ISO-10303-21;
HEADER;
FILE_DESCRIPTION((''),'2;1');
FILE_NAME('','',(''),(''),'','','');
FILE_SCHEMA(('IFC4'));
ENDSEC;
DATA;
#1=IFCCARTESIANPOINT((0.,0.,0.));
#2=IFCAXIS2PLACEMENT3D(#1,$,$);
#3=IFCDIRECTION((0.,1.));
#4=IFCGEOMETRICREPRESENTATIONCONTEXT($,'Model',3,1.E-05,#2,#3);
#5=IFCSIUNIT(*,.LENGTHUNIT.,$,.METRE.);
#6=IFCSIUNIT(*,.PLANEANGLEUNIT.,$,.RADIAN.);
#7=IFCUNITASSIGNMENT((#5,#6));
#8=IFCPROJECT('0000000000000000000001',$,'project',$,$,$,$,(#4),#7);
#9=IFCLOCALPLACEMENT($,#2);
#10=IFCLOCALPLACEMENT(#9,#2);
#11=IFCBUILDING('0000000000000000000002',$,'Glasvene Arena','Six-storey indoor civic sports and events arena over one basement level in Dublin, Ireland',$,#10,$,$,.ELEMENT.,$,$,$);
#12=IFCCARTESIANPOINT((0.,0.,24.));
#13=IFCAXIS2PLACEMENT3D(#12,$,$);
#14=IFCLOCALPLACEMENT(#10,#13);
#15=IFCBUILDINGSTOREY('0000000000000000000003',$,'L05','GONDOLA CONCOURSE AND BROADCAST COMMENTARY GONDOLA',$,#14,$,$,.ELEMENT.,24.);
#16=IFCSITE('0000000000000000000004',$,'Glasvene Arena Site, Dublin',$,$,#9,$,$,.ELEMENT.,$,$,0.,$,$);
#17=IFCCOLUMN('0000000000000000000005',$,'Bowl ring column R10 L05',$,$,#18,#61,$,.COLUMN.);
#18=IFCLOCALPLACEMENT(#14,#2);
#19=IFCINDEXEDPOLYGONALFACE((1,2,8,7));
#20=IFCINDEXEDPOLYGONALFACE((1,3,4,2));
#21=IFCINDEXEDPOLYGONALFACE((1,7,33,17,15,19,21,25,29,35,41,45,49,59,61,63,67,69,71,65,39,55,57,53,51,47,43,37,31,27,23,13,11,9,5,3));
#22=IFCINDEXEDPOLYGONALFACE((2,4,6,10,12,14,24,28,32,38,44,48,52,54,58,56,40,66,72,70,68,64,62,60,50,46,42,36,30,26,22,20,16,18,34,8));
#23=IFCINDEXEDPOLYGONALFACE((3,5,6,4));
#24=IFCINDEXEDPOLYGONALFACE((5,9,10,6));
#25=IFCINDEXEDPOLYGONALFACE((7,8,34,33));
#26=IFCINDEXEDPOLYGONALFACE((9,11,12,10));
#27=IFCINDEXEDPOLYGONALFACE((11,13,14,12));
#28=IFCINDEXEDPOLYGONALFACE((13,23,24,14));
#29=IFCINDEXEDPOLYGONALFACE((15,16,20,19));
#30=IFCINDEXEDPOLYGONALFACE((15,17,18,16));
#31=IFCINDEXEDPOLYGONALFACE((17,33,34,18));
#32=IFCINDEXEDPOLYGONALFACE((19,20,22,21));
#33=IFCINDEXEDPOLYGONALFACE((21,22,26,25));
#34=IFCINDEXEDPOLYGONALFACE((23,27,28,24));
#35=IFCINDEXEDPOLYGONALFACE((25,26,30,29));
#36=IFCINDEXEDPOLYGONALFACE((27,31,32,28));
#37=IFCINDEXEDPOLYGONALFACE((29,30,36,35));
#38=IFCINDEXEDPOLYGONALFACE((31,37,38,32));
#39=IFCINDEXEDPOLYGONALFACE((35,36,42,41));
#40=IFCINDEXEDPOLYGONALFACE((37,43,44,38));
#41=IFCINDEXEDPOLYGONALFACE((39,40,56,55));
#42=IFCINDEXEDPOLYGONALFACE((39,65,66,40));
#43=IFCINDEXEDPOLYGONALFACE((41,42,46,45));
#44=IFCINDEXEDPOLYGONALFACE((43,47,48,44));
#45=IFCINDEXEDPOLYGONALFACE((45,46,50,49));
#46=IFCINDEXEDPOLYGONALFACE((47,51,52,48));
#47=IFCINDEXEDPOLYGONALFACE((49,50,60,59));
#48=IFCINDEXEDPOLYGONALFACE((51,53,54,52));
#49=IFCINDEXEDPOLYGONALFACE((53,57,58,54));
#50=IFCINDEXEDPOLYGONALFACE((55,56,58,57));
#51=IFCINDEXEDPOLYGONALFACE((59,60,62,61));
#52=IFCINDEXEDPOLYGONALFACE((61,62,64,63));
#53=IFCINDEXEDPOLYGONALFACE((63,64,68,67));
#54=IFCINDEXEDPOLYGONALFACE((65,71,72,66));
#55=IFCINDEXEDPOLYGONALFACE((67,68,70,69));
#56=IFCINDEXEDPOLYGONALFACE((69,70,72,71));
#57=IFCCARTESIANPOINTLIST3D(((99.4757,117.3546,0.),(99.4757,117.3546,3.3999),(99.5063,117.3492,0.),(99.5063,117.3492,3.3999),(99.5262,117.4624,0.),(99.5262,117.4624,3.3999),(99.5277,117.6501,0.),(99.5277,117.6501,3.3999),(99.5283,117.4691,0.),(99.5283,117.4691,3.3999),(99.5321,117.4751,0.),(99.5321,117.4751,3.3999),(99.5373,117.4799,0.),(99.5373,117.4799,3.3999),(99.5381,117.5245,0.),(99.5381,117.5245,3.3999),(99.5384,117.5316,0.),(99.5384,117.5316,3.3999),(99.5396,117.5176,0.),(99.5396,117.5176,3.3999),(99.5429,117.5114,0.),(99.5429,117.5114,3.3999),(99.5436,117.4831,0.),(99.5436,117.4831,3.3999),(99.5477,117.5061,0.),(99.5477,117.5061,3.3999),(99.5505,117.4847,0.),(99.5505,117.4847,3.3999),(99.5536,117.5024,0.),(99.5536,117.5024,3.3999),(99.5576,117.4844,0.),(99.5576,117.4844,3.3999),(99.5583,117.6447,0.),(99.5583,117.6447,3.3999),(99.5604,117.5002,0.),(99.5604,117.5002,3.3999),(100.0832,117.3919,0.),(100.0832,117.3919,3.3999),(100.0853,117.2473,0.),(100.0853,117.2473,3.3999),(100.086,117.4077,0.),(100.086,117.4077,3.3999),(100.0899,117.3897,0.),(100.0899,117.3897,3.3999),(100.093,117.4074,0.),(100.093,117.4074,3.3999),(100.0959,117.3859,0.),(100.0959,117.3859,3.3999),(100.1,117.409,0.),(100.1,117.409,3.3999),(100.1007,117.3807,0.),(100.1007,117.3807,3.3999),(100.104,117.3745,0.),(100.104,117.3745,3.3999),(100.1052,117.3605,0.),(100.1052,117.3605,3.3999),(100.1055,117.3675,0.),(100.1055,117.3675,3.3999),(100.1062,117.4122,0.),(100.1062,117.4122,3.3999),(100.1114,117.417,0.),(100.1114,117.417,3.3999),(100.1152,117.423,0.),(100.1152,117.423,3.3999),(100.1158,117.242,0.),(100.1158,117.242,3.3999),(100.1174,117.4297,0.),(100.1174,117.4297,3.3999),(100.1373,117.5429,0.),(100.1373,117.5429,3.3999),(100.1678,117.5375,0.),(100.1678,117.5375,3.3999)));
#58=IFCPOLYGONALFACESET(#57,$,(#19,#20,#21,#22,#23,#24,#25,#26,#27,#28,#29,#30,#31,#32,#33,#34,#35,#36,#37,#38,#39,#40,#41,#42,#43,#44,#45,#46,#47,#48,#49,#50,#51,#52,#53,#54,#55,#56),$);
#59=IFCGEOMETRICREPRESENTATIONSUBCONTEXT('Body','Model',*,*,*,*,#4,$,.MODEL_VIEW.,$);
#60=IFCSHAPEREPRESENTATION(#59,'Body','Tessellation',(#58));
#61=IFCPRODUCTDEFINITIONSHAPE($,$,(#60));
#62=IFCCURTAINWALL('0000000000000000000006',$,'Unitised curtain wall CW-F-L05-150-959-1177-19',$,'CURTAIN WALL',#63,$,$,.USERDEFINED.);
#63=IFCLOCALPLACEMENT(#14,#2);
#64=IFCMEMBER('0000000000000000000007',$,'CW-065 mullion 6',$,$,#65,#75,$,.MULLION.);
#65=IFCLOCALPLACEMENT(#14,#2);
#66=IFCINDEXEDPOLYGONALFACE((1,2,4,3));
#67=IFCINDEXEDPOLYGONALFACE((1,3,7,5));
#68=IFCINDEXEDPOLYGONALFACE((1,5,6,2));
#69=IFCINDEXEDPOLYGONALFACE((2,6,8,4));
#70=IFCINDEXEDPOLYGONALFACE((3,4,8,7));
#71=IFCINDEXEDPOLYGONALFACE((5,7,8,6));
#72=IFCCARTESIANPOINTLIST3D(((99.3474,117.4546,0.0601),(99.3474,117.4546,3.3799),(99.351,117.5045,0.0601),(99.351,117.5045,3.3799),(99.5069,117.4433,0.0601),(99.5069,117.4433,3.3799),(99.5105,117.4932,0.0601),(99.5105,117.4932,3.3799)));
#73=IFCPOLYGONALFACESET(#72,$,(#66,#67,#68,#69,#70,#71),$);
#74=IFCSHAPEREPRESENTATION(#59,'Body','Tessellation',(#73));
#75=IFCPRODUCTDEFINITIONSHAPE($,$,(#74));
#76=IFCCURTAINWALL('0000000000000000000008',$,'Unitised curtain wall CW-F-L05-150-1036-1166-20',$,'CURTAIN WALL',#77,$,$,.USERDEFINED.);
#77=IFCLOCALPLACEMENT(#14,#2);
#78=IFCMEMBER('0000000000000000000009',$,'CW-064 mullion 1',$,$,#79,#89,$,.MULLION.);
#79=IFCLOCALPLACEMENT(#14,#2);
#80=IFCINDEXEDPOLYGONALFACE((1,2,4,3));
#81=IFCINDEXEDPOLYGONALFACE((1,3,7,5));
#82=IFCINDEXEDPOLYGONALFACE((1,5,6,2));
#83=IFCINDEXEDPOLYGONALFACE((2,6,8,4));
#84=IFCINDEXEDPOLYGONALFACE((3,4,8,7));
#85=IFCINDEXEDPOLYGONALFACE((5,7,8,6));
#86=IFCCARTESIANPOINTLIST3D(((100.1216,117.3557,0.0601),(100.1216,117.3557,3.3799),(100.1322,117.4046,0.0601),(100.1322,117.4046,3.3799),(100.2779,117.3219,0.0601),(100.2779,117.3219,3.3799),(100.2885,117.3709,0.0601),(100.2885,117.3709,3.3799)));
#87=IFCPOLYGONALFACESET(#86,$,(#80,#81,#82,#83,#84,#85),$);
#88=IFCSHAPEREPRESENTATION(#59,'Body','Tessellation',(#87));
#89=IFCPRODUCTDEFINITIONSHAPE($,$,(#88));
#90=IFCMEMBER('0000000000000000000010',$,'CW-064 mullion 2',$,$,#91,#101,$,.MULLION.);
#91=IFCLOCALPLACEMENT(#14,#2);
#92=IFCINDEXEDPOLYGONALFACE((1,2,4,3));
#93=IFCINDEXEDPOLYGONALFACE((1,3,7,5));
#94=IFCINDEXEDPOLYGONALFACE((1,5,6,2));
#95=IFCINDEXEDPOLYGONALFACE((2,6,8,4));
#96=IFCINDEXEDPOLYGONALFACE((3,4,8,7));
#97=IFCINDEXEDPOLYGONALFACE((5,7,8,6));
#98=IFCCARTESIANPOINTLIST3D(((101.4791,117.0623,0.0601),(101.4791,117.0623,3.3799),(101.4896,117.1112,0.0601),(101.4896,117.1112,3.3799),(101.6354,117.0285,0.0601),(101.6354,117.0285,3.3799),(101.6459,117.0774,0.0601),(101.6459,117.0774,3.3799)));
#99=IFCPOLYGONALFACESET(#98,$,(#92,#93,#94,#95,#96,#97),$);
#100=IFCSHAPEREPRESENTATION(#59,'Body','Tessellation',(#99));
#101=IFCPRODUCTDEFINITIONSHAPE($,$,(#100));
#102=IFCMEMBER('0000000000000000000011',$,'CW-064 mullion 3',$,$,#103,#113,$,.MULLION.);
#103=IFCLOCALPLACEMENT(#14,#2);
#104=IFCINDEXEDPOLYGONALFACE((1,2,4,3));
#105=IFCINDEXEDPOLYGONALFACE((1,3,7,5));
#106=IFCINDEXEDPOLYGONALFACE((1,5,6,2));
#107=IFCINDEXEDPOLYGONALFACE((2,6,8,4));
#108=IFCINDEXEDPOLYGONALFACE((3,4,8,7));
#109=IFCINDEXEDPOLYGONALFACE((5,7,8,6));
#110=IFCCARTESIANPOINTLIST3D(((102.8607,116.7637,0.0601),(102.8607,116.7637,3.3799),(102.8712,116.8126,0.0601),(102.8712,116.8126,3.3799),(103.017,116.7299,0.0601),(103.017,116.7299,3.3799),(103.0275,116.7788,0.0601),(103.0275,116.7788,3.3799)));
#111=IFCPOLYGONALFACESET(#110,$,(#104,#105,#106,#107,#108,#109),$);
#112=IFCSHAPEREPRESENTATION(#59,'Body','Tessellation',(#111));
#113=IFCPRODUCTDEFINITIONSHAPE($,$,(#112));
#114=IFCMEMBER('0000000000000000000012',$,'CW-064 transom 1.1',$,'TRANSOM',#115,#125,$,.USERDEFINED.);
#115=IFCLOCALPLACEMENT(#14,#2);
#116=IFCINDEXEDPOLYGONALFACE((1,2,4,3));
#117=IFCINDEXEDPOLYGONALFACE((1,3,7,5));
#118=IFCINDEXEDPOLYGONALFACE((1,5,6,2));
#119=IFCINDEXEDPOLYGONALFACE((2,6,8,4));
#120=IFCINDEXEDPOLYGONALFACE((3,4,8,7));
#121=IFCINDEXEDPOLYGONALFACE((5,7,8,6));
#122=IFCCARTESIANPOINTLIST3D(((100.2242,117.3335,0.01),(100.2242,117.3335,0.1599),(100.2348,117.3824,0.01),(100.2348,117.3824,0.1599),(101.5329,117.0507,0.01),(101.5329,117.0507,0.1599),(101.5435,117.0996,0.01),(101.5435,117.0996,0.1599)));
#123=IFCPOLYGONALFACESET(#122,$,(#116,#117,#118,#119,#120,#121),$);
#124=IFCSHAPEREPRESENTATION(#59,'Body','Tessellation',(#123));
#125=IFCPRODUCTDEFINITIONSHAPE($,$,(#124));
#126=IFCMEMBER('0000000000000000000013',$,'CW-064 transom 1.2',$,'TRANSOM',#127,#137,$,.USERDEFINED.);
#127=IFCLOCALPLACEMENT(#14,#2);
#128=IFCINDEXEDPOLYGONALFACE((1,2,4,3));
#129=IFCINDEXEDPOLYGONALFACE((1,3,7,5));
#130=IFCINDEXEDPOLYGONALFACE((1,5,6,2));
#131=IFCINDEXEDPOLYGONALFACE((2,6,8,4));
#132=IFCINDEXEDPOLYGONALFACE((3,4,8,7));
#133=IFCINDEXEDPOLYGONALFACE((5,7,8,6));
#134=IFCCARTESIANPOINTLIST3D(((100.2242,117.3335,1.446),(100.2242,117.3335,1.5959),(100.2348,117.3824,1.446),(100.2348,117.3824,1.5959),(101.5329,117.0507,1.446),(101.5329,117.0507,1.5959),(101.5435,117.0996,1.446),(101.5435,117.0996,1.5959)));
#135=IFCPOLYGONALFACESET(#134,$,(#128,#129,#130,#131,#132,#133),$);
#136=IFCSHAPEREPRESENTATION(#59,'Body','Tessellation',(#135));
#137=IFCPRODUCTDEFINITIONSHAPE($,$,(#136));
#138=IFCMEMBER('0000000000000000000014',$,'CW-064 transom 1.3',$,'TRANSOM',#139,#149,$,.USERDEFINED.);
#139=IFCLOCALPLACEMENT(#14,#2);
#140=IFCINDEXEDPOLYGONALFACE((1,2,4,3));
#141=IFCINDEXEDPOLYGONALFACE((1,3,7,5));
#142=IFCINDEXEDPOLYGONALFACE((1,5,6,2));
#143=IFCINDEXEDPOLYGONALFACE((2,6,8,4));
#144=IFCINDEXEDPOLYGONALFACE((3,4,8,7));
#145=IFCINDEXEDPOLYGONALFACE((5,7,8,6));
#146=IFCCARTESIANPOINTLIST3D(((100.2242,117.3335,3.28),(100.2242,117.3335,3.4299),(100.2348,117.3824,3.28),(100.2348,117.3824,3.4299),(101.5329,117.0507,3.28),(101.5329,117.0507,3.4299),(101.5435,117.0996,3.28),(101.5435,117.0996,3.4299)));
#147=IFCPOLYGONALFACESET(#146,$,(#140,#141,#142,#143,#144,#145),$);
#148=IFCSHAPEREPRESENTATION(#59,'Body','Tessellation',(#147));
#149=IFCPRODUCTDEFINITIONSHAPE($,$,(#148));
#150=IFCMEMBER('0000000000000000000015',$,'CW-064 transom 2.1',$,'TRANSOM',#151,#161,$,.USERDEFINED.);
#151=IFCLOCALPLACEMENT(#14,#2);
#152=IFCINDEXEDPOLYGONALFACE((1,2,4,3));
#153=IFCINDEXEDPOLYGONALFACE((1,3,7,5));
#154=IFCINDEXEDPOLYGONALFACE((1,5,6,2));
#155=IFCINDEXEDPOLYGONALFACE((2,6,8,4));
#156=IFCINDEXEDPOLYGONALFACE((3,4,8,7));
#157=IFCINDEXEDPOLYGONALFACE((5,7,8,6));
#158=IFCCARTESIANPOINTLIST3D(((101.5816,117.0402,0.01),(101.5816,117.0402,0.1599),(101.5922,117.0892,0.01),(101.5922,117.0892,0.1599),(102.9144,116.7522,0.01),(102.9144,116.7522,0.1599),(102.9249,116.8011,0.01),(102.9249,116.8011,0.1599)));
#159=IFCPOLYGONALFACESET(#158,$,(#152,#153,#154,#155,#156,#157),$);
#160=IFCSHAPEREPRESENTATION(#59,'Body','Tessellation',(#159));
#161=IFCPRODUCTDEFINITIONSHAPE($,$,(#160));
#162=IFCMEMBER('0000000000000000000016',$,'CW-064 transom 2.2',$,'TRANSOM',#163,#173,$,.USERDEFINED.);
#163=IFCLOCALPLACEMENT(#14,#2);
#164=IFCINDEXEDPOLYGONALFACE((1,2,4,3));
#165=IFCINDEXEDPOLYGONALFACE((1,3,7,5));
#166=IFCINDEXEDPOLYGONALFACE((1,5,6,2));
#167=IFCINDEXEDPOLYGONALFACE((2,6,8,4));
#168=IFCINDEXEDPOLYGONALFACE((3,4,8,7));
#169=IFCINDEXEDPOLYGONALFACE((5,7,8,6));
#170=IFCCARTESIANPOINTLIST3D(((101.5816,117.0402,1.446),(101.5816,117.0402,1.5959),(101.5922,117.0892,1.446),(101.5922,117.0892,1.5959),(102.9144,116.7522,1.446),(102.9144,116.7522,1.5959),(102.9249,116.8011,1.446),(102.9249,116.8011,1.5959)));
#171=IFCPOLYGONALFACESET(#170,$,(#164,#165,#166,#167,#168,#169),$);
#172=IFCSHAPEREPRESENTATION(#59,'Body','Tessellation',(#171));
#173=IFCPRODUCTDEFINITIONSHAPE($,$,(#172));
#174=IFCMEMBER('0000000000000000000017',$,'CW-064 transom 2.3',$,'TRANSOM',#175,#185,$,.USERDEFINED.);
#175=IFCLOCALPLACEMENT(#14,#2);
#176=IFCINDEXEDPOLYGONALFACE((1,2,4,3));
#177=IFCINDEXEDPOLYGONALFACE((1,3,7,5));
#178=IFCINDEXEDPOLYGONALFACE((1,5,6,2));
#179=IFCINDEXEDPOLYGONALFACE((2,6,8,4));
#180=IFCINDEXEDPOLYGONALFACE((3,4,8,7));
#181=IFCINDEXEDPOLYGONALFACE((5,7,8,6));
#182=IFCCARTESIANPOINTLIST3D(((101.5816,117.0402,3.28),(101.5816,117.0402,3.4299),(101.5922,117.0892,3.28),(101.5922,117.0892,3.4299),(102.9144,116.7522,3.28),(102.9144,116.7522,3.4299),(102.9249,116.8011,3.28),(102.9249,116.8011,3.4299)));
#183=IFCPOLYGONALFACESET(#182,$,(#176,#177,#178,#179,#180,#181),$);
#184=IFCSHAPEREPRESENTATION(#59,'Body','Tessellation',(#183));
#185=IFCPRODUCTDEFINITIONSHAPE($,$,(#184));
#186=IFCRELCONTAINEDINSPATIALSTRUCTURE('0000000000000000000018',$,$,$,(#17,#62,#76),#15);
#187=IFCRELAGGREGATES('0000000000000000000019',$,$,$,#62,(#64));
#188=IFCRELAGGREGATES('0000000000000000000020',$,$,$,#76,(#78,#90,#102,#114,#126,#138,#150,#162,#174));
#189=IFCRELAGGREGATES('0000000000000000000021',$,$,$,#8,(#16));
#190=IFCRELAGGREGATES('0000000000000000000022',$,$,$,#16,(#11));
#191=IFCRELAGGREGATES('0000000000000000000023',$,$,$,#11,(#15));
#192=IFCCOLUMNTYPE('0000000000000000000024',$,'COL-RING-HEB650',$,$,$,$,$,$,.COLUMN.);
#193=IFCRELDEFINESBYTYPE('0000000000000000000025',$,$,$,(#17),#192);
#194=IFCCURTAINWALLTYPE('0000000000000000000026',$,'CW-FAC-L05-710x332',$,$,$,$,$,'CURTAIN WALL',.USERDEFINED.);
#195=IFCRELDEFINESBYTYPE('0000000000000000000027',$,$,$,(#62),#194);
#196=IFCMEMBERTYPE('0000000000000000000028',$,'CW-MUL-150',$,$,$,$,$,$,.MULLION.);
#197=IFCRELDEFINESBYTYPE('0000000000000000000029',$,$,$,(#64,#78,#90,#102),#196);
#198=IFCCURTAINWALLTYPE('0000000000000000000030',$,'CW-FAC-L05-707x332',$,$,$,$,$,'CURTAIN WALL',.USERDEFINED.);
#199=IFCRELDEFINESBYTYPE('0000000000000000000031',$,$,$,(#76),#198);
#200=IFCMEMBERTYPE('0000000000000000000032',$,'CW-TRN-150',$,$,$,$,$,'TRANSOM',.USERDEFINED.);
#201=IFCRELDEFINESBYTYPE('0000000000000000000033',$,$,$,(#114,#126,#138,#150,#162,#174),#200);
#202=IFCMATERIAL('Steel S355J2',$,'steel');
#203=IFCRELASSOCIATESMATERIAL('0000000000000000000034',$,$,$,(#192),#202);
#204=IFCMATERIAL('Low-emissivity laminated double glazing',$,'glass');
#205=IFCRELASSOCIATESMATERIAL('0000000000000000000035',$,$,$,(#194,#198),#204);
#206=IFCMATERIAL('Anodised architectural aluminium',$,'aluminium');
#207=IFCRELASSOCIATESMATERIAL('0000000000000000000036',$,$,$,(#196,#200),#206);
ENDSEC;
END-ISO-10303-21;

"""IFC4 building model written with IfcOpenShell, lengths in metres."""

from ifc_helpers import new_model, si_unit, direction, frame, origin, origin_2d, place, context, subcontext, project, spatial, rectangle, i_section, extrude, material, material_profile, profile_set, type_object, element, aggregate, save


model = new_model("IFC4")

# Units and contexts
model_context = context("Model", 3, precision=1e-05, world=origin(), true_north=direction((0.0, 1.0)))
body_context = subcontext(model_context, "Body", "Model", "MODEL_VIEW")
ifc_project = project(units=[si_unit("LENGTHUNIT", "METRE"), si_unit("PLANEANGLEUNIT", "RADIAN")], contexts=[model_context])

# Site, building, storey
site_placement = place(None, origin())
site = spatial("IfcSite", under=ifc_project, at=site_placement, Name="Glasvene Arena Site, Dublin", CompositionType="ELEMENT", RefElevation=0.0)
building_placement = place(site_placement, origin())
building = spatial("IfcBuilding", under=site, at=building_placement, Name="Glasvene Arena", Description="Six-storey indoor civic sports and events arena over one basement level in Dublin, Ireland", CompositionType="ELEMENT")
storey_placement = place(building_placement, frame((0.0, 0.0, 24.0)))
storey = spatial("IfcBuildingStorey", under=building, at=storey_placement, Name="L05", Description="GONDOLA CONCOURSE AND BROADCAST COMMENTARY GONDOLA", CompositionType="ELEMENT", Elevation=24.0)

# Column
ifc_material_1 = material(Name="Steel S355J2", Category="steel")
ifc_material_profile_1 = material_profile(ifc_material_1, i_section(OverallWidth=0.3, OverallDepth=0.6499, WebThickness=0.0161, FlangeThickness=0.031, FilletRadius=0.0271, at=origin_2d()), Name="HEB 650")
ifc_profile_set_1 = profile_set([ifc_material_profile_1], Name="Steel S355J2")
column_type = type_object("IfcColumnType", Name="COL-RING-HEB650", PredefinedType="COLUMN", material=ifc_profile_set_1)
column_placement = place(storey_placement, frame((99.8218, 117.446, 0.0), z_axis=(0.0, 0.0, 1.0), x_axis=(0.173304, 0.984868, 0.0)))
element("IfcColumn", 1, at=column_placement, inside=storey, type_object=column_type, Name="Bowl ring column R10 L05", PredefinedType="COLUMN", context=body_context, shape_type="SweptSolid", body=[
    extrude(i_section(OverallWidth=0.3, OverallDepth=0.6499, WebThickness=0.0161, FlangeThickness=0.031, FilletRadius=0.0271, at=origin_2d()), origin(), (0.0, 0.0, 1.0), 3.3999),
])

# Curtain wall, member
ifc_material_2 = material(Name="Low-emissivity laminated double glazing", Category="glass")
curtain_wall_type_1 = type_object("IfcCurtainWallType", Name="CW-FAC-L05-710x332", ElementType="CURTAIN WALL", PredefinedType="USERDEFINED", material=ifc_material_2)
curtain_wall_1_placement = place(storey_placement, frame((92.3669, 117.9741, 0.0)))
curtain_wall_1 = element("IfcCurtainWall", 2, at=curtain_wall_1_placement, inside=storey, type_object=curtain_wall_type_1, Name="Unitised curtain wall CW-F-L05-150-959-1177-19", ObjectType="CURTAIN WALL", PredefinedType="USERDEFINED")
ifc_material_3 = material(Name="Anodised architectural aluminium", Category="aluminium")
ifc_material_profile_2 = material_profile(ifc_material_3, rectangle(XDim=0.05, YDim=0.1599, at=origin_2d()), Name="ALU MULLION 50x160")
ifc_profile_set_2 = profile_set([ifc_material_profile_2], Name="Anodised architectural aluminium")
member_type_1 = type_object("IfcMemberType", Name="CW-MUL-150", PredefinedType="MULLION", material=ifc_profile_set_2)
member_1_placement = place(storey_placement, frame((99.429, 117.4739, 0.0601), z_axis=(0.0, 0.0, 1.0), x_axis=(0.070657, 0.997501, 0.0)))
member_1 = element("IfcMember", 3, at=member_1_placement, type_object=member_type_1, Name="CW-065 mullion 6", PredefinedType="MULLION", context=body_context, shape_type="SweptSolid", body=[
    extrude(rectangle(XDim=0.05, YDim=0.1599, at=origin_2d()), origin(), (0.0, 0.0, 1.0), 3.3198),
])
aggregate(curtain_wall_1, [member_1])

# Curtain wall, members
curtain_wall_type_2 = type_object("IfcCurtainWallType", Name="CW-FAC-L05-707x332", ElementType="CURTAIN WALL", PredefinedType="USERDEFINED", material=ifc_material_2)
curtain_wall_2_placement = place(storey_placement, frame((100.1807, 117.3684, 0.0)))
curtain_wall_2 = element("IfcCurtainWall", 4, at=curtain_wall_2_placement, inside=storey, type_object=curtain_wall_type_2, Name="Unitised curtain wall CW-F-L05-150-1036-1166-20", ObjectType="CURTAIN WALL", PredefinedType="USERDEFINED")
member_2_placement = place(storey_placement, frame((100.2051, 117.3633, 0.0601), z_axis=(0.0, 0.0, 1.0), x_axis=(0.211221, 0.977438, 0.0)))
member_2 = element("IfcMember", 5, at=member_2_placement, type_object=member_type_1, Name="CW-064 mullion 1", PredefinedType="MULLION", context=body_context, shape_type="SweptSolid", body=[
    extrude(rectangle(XDim=0.05, YDim=0.1599, at=origin_2d()), origin(), (0.0, 0.0, 1.0), 3.3198),
])
member_3_placement = place(storey_placement, frame((101.5625, 117.0698, 0.0601), z_axis=(0.0, 0.0, 1.0), x_axis=(0.211221, 0.977438, 0.0)))
member_3 = element("IfcMember", 6, at=member_3_placement, type_object=member_type_1, Name="CW-064 mullion 2", PredefinedType="MULLION", context=body_context, shape_type="SweptSolid", body=[
    extrude(rectangle(XDim=0.05, YDim=0.1599, at=origin_2d()), origin(), (0.0, 0.0, 1.0), 3.3198),
])
member_4_placement = place(storey_placement, frame((102.9441, 116.7712, 0.0601), z_axis=(0.0, 0.0, 1.0), x_axis=(0.211221, 0.977438, 0.0)))
member_4 = element("IfcMember", 7, at=member_4_placement, type_object=member_type_1, Name="CW-064 mullion 3", PredefinedType="MULLION", context=body_context, shape_type="SweptSolid", body=[
    extrude(rectangle(XDim=0.05, YDim=0.1599, at=origin_2d()), origin(), (0.0, 0.0, 1.0), 3.3198),
])
ifc_material_profile_3 = material_profile(ifc_material_3, rectangle(XDim=0.05, YDim=0.1499, at=origin_2d()), Name="ALU TRANSOM 50x150")
ifc_profile_set_3 = profile_set([ifc_material_profile_3], Name="Anodised architectural aluminium")
member_type_2 = type_object("IfcMemberType", Name="CW-TRN-150", ElementType="TRANSOM", PredefinedType="USERDEFINED", material=ifc_profile_set_3)
member_5_placement = place(storey_placement, frame((100.2295, 117.3579, 0.085), z_axis=(0.977449, -0.211173, 0.0), x_axis=(0.211173, 0.977449, 0.0)))
member_5 = element("IfcMember", 8, at=member_5_placement, type_object=member_type_2, Name="CW-064 transom 1.1", ObjectType="TRANSOM", PredefinedType="USERDEFINED", context=body_context, shape_type="SweptSolid", body=[
    extrude(rectangle(XDim=0.05, YDim=0.1499, at=origin_2d()), origin(), (0.0, 0.0, 1.0), 1.3389),
])
member_6_placement = place(storey_placement, frame((100.2295, 117.3579, 1.521), z_axis=(0.977449, -0.211173, 0.0), x_axis=(0.211173, 0.977449, 0.0)))
member_6 = element("IfcMember", 9, at=member_6_placement, type_object=member_type_2, Name="CW-064 transom 1.2", ObjectType="TRANSOM", PredefinedType="USERDEFINED", context=body_context, shape_type="SweptSolid", body=[
    extrude(rectangle(XDim=0.05, YDim=0.1499, at=origin_2d()), origin(), (0.0, 0.0, 1.0), 1.3389),
])
member_7_placement = place(storey_placement, frame((100.2295, 117.3579, 3.355), z_axis=(0.977449, -0.211173, 0.0), x_axis=(0.211173, 0.977449, 0.0)))
member_7 = element("IfcMember", 10, at=member_7_placement, type_object=member_type_2, Name="CW-064 transom 1.3", ObjectType="TRANSOM", PredefinedType="USERDEFINED", context=body_context, shape_type="SweptSolid", body=[
    extrude(rectangle(XDim=0.05, YDim=0.1499, at=origin_2d()), origin(), (0.0, 0.0, 1.0), 1.3389),
])
member_8_placement = place(storey_placement, frame((101.5869, 117.0647, 0.085), z_axis=(0.977426, -0.211277, 0.0), x_axis=(0.211277, 0.977426, 0.0)))
member_8 = element("IfcMember", 11, at=member_8_placement, type_object=member_type_2, Name="CW-064 transom 2.1", ObjectType="TRANSOM", PredefinedType="USERDEFINED", context=body_context, shape_type="SweptSolid", body=[
    extrude(rectangle(XDim=0.05, YDim=0.1499, at=origin_2d()), origin(), (0.0, 0.0, 1.0), 1.3635),
])
member_9_placement = place(storey_placement, frame((101.5869, 117.0647, 1.521), z_axis=(0.977426, -0.211277, 0.0), x_axis=(0.211277, 0.977426, 0.0)))
member_9 = element("IfcMember", 12, at=member_9_placement, type_object=member_type_2, Name="CW-064 transom 2.2", ObjectType="TRANSOM", PredefinedType="USERDEFINED", context=body_context, shape_type="SweptSolid", body=[
    extrude(rectangle(XDim=0.05, YDim=0.1499, at=origin_2d()), origin(), (0.0, 0.0, 1.0), 1.3635),
])
member_10_placement = place(storey_placement, frame((101.5869, 117.0647, 3.355), z_axis=(0.977426, -0.211277, 0.0), x_axis=(0.211277, 0.977426, 0.0)))
member_10 = element("IfcMember", 13, at=member_10_placement, type_object=member_type_2, Name="CW-064 transom 2.3", ObjectType="TRANSOM", PredefinedType="USERDEFINED", context=body_context, shape_type="SweptSolid", body=[
    extrude(rectangle(XDim=0.05, YDim=0.1499, at=origin_2d()), origin(), (0.0, 0.0, 1.0), 1.3635),
])
aggregate(curtain_wall_2, [member_2, member_3, member_4, member_5, member_6, member_7, member_8, member_9, member_10])

save(model, "model.ifc")
